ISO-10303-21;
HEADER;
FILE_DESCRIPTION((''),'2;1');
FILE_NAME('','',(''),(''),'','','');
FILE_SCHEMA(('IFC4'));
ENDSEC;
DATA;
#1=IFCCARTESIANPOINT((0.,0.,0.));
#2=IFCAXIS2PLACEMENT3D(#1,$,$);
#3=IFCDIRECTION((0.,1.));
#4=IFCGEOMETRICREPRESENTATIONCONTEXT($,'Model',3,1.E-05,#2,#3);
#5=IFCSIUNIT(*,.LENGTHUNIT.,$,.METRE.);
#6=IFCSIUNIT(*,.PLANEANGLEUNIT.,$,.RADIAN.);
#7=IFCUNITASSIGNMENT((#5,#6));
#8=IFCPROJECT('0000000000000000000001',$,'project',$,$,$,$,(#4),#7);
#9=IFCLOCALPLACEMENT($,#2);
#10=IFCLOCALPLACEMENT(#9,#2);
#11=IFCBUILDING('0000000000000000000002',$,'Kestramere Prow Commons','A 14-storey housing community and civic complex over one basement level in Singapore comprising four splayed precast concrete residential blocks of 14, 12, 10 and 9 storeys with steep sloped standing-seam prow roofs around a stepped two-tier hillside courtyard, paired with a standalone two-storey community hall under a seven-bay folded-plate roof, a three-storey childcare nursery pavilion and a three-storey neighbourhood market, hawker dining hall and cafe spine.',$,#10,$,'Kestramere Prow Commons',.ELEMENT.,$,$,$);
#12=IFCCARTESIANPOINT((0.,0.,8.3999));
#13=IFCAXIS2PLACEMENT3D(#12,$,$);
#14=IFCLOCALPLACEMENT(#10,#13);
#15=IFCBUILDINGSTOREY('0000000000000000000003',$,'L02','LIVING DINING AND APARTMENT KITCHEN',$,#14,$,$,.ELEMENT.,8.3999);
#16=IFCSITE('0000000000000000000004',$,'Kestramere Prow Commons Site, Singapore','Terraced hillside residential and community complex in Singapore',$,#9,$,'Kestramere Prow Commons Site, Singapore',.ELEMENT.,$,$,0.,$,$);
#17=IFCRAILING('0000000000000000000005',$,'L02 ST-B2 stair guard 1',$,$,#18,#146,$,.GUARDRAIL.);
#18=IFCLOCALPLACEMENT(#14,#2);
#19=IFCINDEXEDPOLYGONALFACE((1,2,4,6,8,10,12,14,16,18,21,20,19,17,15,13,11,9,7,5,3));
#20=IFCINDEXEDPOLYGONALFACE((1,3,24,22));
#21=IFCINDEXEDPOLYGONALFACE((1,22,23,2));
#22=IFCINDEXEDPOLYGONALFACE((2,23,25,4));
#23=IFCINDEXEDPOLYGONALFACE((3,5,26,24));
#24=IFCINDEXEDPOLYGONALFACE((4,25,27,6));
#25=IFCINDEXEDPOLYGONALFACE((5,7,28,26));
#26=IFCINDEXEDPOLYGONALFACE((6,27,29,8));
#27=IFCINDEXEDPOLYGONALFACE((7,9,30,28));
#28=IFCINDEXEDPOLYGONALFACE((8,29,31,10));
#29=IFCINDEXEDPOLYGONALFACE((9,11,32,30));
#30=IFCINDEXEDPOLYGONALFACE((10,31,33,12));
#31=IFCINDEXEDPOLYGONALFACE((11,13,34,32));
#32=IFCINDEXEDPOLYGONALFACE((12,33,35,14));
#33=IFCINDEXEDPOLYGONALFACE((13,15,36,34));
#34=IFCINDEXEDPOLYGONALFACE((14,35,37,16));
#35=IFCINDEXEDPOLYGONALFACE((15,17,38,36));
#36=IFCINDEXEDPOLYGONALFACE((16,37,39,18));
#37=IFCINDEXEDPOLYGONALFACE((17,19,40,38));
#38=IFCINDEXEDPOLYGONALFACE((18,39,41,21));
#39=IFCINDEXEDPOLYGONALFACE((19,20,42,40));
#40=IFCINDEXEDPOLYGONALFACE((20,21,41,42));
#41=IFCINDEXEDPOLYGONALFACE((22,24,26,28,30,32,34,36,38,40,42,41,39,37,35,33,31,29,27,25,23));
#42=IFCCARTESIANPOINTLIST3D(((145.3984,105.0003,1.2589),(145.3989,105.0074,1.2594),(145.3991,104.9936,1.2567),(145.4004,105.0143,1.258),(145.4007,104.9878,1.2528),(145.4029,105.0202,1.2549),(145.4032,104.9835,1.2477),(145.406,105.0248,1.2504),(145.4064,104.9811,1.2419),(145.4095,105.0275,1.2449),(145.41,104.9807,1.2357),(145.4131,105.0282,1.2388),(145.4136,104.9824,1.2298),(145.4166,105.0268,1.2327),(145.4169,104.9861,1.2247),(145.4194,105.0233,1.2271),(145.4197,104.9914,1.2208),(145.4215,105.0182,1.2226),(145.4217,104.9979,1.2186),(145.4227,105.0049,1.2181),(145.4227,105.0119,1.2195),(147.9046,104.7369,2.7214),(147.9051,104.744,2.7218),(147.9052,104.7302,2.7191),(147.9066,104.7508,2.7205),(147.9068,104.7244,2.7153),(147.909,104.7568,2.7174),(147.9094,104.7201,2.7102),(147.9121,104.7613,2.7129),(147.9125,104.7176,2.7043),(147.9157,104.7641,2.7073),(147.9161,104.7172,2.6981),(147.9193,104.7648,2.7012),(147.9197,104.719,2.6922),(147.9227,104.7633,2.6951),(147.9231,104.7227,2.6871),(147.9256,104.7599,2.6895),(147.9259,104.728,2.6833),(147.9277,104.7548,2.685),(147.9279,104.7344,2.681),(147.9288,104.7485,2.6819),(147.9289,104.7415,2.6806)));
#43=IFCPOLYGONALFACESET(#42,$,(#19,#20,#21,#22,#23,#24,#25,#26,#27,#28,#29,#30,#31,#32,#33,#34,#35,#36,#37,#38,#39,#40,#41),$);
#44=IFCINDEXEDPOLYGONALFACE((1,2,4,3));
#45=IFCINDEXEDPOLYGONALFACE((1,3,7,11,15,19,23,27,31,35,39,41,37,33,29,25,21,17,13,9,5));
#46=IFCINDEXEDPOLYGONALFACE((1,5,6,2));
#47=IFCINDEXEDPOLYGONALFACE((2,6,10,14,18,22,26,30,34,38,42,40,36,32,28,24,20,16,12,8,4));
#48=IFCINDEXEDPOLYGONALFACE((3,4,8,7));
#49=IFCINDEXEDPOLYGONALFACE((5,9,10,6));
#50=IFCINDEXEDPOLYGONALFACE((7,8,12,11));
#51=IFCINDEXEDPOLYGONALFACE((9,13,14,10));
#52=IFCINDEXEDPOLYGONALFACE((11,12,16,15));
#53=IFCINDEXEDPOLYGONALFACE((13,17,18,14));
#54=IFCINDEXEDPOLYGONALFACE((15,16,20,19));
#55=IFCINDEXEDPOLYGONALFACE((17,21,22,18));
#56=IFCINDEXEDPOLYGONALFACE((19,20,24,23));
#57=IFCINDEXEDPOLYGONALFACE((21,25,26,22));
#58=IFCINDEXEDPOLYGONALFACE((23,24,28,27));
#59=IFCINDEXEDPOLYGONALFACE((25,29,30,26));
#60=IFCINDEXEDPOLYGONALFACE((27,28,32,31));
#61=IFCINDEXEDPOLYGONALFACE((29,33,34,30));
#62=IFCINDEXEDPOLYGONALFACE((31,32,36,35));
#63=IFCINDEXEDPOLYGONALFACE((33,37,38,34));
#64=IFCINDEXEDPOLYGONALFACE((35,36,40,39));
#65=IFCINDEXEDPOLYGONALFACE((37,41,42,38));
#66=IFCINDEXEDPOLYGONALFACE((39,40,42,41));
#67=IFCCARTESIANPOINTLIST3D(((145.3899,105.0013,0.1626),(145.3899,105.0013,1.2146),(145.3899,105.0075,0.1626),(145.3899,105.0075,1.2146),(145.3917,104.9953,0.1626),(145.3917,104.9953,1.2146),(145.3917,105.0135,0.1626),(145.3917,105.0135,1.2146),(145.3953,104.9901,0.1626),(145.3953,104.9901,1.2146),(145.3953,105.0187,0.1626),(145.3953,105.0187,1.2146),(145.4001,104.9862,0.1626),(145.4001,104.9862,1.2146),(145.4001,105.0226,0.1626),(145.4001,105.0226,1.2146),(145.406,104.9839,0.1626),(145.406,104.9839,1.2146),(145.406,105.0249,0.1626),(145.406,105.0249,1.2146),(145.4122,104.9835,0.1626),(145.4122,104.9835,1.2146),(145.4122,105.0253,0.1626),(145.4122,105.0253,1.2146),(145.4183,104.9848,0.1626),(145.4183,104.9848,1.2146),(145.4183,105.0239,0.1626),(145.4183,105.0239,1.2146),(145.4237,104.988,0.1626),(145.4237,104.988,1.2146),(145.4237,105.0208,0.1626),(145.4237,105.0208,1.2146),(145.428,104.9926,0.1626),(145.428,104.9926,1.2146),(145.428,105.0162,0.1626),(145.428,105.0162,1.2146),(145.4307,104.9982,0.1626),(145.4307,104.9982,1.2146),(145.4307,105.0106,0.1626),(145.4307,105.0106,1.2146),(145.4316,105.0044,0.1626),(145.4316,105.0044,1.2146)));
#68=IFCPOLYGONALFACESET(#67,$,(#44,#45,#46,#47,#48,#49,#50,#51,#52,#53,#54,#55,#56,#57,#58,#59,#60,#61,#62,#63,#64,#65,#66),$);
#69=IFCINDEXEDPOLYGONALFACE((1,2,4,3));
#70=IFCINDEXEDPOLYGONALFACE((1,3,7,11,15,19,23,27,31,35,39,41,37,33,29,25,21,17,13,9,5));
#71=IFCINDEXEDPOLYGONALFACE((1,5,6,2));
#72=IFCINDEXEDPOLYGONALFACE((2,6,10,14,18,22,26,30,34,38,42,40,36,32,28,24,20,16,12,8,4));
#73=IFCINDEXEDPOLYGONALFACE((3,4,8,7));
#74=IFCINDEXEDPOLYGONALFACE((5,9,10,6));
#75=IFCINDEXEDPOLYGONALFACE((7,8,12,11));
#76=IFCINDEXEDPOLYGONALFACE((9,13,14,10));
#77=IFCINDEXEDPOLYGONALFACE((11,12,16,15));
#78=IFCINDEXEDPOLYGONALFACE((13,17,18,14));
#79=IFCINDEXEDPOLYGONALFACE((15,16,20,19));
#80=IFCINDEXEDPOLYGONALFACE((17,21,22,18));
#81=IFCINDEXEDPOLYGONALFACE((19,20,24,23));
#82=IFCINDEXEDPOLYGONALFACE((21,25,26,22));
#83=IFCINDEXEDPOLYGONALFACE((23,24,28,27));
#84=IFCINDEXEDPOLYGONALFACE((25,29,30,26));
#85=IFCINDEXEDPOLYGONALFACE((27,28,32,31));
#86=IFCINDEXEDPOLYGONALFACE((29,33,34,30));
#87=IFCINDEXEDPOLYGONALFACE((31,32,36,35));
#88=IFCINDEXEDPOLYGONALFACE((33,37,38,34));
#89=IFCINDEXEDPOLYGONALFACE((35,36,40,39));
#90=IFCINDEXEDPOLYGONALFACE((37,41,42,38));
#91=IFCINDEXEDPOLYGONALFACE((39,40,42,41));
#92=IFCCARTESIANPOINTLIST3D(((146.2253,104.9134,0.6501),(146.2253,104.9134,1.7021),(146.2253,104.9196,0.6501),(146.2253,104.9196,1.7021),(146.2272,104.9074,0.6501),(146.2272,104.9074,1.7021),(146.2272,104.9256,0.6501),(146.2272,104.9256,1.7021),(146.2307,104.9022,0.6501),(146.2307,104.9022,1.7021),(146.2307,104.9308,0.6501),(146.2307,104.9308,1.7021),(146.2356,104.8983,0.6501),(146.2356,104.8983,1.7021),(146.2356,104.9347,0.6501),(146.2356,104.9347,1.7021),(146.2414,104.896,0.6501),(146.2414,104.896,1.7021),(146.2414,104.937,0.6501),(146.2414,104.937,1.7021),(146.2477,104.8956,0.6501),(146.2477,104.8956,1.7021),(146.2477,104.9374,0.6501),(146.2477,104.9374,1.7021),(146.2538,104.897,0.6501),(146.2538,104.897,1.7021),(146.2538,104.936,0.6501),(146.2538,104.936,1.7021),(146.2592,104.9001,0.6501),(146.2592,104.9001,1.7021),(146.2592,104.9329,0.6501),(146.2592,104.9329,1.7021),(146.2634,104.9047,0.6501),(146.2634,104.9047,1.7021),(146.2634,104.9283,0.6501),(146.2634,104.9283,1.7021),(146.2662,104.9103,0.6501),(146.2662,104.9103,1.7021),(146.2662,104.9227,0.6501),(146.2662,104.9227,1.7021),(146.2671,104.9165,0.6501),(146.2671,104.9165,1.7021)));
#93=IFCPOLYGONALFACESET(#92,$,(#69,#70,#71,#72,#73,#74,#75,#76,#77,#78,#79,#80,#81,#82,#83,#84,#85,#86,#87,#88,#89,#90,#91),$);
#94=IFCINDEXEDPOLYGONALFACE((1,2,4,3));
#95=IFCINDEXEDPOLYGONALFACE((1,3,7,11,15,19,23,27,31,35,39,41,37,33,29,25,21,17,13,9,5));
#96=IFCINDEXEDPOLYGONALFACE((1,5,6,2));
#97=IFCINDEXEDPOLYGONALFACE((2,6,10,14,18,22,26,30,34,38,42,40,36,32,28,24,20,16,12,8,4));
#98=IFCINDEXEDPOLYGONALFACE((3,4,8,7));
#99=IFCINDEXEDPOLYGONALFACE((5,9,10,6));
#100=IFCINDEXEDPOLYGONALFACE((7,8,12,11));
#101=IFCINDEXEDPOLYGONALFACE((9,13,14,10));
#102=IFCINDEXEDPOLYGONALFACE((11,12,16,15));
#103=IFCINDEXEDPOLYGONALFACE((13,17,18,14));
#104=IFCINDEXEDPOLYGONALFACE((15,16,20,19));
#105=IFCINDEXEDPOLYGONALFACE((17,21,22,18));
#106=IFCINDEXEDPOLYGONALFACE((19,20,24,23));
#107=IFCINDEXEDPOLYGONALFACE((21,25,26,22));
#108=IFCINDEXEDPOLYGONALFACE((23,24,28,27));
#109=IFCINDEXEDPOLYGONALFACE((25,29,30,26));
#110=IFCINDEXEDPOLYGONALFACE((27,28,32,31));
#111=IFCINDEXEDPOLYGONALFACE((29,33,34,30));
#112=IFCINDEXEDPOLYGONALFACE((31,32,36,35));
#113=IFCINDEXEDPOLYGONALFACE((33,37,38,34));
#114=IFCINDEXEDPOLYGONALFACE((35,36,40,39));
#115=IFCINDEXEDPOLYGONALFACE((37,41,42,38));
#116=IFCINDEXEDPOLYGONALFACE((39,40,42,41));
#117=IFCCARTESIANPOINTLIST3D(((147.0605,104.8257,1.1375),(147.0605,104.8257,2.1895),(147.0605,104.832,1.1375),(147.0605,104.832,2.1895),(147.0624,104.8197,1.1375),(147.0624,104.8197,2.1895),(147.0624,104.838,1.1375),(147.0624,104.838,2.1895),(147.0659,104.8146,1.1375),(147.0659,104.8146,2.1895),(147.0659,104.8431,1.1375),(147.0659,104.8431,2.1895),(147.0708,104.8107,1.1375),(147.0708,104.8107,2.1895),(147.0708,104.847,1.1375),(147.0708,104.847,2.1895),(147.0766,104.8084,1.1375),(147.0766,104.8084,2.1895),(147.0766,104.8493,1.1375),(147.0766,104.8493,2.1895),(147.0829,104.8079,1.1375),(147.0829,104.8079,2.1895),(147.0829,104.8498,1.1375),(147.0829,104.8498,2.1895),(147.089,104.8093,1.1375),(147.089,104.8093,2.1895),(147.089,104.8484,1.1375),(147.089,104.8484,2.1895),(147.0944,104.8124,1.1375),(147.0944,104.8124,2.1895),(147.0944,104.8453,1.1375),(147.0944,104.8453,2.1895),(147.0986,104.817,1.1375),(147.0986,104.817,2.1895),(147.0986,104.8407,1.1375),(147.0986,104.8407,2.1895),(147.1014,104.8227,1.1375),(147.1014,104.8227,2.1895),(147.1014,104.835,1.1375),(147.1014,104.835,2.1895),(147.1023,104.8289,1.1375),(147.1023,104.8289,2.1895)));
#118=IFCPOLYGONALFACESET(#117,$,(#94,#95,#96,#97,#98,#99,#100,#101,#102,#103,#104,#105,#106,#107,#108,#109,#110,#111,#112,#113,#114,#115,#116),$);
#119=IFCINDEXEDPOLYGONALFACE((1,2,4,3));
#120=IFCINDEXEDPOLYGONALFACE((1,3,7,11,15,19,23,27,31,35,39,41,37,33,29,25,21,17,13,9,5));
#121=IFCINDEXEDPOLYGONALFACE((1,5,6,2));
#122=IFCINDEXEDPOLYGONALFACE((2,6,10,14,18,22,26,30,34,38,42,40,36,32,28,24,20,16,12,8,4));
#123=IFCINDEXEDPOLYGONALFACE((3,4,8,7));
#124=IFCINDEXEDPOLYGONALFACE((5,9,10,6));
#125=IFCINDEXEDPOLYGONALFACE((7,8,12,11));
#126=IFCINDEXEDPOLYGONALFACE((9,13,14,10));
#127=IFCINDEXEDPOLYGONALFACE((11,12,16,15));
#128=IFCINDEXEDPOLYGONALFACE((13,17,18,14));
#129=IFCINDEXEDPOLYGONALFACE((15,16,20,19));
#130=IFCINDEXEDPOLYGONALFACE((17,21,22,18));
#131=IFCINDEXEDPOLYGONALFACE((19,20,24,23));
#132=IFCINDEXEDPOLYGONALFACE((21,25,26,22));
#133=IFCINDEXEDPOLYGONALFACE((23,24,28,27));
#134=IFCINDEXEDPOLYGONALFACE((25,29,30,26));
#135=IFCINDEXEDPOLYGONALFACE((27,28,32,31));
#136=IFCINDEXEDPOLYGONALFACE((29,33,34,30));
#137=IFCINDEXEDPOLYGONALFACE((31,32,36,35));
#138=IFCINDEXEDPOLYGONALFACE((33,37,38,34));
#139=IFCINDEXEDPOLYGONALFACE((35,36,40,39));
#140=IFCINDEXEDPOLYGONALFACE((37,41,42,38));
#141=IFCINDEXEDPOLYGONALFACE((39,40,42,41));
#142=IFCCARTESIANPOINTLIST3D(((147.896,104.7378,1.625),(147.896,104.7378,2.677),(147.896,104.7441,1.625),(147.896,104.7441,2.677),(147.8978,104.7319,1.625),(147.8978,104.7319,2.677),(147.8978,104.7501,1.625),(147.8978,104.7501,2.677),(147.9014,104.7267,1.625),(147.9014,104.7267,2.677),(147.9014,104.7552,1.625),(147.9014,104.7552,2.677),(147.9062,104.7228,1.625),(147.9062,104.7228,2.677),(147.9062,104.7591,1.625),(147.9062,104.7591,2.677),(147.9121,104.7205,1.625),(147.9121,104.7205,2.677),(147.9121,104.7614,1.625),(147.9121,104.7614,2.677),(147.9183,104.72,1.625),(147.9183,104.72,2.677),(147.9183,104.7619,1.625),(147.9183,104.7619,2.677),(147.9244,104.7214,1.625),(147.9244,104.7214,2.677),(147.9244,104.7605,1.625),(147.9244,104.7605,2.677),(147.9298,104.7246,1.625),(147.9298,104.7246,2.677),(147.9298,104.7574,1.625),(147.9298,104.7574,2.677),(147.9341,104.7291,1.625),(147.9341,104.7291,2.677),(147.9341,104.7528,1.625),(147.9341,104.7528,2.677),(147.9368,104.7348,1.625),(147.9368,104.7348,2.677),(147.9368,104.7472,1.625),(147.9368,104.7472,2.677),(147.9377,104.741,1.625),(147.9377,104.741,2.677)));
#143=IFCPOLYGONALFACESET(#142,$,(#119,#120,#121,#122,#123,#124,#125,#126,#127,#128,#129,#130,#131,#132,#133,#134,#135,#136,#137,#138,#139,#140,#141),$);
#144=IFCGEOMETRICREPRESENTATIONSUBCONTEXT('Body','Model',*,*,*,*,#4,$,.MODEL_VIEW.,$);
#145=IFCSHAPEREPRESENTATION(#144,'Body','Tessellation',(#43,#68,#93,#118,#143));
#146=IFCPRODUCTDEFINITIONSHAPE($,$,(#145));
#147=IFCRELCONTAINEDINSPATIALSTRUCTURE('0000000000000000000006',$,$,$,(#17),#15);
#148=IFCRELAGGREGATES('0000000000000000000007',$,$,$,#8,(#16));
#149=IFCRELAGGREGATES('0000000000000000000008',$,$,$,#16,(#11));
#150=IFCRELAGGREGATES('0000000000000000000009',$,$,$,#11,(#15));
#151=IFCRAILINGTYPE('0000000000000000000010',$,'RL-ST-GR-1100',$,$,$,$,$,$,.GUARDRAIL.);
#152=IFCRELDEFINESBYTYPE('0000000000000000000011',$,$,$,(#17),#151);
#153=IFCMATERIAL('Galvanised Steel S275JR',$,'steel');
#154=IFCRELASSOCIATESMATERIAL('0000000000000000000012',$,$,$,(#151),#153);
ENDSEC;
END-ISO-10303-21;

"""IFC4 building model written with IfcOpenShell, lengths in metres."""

from ifc_helpers import new_model, si_unit, direction, frame, origin, origin_2d, place, context, subcontext, project, spatial, circle, extrude, material, type_object, element, save


model = new_model("IFC4")

# Units and contexts
model_context = context("Model", 3, precision=1e-05, world=origin(), true_north=direction((0.0, 1.0)))
body_context = subcontext(model_context, "Body", "Model", "MODEL_VIEW")
ifc_project = project(units=[si_unit("LENGTHUNIT", "METRE"), si_unit("PLANEANGLEUNIT", "RADIAN")], contexts=[model_context])

# Site, building, storey
site_placement = place(None, origin())
site = spatial("IfcSite", under=ifc_project, at=site_placement, Name="Kestramere Prow Commons Site, Singapore", Description="Terraced hillside residential and community complex in Singapore", LongName="Kestramere Prow Commons Site, Singapore", CompositionType="ELEMENT", RefElevation=0.0)
building_placement = place(site_placement, origin())
building = spatial("IfcBuilding", under=site, at=building_placement, Name="Kestramere Prow Commons", Description="A 14-storey housing community and civic complex over one basement level in Singapore comprising four splayed precast concrete residential blocks of 14, 12, 10 and 9 storeys with steep sloped standing-seam prow roofs around a stepped two-tier hillside courtyard, paired with a standalone two-storey community hall under a seven-bay folded-plate roof, a three-storey childcare nursery pavilion and a three-storey neighbourhood market, hawker dining hall and cafe spine.", LongName="Kestramere Prow Commons", CompositionType="ELEMENT")
storey_placement = place(building_placement, frame((0.0, 0.0, 8.3999)))
storey = spatial("IfcBuildingStorey", under=building, at=storey_placement, Name="L02", Description="LIVING DINING AND APARTMENT KITCHEN", CompositionType="ELEMENT", Elevation=8.3999)

# Railing
ifc_material_1 = material(Name="Galvanised Steel S275JR", Category="steel")
railing_type_1 = type_object("IfcRailingType", Name="RL-ST-GR-1100", PredefinedType="GUARDRAIL", material=ifc_material_1)
railing_1_placement = place(storey_placement, frame((145.4106, 105.0044, 0.1626)))
element("IfcRailing", 1, at=railing_1_placement, inside=storey, type_object=railing_type_1, Name="L02 ST-B2 stair guard 1", PredefinedType="GUARDRAIL", context=body_context, shape_type="SweptSolid", body=[
    extrude(circle(Radius=0.0239, at=origin_2d()), frame((0.0, 0.0, 1.0762), z_axis=(0.860165, -0.090416, 0.501937), x_axis=(0.104539, 0.994521, 0.0)), (0.0, 0.0, 1.0), 2.9136),
    extrude(circle(Radius=0.021, at=origin_2d()), origin(), (0.0, 0.0, 1.0), 1.052),
    extrude(circle(Radius=0.021, at=origin_2d()), frame((0.8354, -0.0879, 0.4875)), (0.0, 0.0, 1.0), 1.052),
    extrude(circle(Radius=0.021, at=origin_2d()), frame((1.6707, -0.1755, 0.9749)), (0.0, 0.0, 1.0), 1.052),
    extrude(circle(Radius=0.021, at=origin_2d()), frame((2.5061, -0.2634, 1.4624)), (0.0, 0.0, 1.0), 1.052),
])

save(model, "model.ifc")
